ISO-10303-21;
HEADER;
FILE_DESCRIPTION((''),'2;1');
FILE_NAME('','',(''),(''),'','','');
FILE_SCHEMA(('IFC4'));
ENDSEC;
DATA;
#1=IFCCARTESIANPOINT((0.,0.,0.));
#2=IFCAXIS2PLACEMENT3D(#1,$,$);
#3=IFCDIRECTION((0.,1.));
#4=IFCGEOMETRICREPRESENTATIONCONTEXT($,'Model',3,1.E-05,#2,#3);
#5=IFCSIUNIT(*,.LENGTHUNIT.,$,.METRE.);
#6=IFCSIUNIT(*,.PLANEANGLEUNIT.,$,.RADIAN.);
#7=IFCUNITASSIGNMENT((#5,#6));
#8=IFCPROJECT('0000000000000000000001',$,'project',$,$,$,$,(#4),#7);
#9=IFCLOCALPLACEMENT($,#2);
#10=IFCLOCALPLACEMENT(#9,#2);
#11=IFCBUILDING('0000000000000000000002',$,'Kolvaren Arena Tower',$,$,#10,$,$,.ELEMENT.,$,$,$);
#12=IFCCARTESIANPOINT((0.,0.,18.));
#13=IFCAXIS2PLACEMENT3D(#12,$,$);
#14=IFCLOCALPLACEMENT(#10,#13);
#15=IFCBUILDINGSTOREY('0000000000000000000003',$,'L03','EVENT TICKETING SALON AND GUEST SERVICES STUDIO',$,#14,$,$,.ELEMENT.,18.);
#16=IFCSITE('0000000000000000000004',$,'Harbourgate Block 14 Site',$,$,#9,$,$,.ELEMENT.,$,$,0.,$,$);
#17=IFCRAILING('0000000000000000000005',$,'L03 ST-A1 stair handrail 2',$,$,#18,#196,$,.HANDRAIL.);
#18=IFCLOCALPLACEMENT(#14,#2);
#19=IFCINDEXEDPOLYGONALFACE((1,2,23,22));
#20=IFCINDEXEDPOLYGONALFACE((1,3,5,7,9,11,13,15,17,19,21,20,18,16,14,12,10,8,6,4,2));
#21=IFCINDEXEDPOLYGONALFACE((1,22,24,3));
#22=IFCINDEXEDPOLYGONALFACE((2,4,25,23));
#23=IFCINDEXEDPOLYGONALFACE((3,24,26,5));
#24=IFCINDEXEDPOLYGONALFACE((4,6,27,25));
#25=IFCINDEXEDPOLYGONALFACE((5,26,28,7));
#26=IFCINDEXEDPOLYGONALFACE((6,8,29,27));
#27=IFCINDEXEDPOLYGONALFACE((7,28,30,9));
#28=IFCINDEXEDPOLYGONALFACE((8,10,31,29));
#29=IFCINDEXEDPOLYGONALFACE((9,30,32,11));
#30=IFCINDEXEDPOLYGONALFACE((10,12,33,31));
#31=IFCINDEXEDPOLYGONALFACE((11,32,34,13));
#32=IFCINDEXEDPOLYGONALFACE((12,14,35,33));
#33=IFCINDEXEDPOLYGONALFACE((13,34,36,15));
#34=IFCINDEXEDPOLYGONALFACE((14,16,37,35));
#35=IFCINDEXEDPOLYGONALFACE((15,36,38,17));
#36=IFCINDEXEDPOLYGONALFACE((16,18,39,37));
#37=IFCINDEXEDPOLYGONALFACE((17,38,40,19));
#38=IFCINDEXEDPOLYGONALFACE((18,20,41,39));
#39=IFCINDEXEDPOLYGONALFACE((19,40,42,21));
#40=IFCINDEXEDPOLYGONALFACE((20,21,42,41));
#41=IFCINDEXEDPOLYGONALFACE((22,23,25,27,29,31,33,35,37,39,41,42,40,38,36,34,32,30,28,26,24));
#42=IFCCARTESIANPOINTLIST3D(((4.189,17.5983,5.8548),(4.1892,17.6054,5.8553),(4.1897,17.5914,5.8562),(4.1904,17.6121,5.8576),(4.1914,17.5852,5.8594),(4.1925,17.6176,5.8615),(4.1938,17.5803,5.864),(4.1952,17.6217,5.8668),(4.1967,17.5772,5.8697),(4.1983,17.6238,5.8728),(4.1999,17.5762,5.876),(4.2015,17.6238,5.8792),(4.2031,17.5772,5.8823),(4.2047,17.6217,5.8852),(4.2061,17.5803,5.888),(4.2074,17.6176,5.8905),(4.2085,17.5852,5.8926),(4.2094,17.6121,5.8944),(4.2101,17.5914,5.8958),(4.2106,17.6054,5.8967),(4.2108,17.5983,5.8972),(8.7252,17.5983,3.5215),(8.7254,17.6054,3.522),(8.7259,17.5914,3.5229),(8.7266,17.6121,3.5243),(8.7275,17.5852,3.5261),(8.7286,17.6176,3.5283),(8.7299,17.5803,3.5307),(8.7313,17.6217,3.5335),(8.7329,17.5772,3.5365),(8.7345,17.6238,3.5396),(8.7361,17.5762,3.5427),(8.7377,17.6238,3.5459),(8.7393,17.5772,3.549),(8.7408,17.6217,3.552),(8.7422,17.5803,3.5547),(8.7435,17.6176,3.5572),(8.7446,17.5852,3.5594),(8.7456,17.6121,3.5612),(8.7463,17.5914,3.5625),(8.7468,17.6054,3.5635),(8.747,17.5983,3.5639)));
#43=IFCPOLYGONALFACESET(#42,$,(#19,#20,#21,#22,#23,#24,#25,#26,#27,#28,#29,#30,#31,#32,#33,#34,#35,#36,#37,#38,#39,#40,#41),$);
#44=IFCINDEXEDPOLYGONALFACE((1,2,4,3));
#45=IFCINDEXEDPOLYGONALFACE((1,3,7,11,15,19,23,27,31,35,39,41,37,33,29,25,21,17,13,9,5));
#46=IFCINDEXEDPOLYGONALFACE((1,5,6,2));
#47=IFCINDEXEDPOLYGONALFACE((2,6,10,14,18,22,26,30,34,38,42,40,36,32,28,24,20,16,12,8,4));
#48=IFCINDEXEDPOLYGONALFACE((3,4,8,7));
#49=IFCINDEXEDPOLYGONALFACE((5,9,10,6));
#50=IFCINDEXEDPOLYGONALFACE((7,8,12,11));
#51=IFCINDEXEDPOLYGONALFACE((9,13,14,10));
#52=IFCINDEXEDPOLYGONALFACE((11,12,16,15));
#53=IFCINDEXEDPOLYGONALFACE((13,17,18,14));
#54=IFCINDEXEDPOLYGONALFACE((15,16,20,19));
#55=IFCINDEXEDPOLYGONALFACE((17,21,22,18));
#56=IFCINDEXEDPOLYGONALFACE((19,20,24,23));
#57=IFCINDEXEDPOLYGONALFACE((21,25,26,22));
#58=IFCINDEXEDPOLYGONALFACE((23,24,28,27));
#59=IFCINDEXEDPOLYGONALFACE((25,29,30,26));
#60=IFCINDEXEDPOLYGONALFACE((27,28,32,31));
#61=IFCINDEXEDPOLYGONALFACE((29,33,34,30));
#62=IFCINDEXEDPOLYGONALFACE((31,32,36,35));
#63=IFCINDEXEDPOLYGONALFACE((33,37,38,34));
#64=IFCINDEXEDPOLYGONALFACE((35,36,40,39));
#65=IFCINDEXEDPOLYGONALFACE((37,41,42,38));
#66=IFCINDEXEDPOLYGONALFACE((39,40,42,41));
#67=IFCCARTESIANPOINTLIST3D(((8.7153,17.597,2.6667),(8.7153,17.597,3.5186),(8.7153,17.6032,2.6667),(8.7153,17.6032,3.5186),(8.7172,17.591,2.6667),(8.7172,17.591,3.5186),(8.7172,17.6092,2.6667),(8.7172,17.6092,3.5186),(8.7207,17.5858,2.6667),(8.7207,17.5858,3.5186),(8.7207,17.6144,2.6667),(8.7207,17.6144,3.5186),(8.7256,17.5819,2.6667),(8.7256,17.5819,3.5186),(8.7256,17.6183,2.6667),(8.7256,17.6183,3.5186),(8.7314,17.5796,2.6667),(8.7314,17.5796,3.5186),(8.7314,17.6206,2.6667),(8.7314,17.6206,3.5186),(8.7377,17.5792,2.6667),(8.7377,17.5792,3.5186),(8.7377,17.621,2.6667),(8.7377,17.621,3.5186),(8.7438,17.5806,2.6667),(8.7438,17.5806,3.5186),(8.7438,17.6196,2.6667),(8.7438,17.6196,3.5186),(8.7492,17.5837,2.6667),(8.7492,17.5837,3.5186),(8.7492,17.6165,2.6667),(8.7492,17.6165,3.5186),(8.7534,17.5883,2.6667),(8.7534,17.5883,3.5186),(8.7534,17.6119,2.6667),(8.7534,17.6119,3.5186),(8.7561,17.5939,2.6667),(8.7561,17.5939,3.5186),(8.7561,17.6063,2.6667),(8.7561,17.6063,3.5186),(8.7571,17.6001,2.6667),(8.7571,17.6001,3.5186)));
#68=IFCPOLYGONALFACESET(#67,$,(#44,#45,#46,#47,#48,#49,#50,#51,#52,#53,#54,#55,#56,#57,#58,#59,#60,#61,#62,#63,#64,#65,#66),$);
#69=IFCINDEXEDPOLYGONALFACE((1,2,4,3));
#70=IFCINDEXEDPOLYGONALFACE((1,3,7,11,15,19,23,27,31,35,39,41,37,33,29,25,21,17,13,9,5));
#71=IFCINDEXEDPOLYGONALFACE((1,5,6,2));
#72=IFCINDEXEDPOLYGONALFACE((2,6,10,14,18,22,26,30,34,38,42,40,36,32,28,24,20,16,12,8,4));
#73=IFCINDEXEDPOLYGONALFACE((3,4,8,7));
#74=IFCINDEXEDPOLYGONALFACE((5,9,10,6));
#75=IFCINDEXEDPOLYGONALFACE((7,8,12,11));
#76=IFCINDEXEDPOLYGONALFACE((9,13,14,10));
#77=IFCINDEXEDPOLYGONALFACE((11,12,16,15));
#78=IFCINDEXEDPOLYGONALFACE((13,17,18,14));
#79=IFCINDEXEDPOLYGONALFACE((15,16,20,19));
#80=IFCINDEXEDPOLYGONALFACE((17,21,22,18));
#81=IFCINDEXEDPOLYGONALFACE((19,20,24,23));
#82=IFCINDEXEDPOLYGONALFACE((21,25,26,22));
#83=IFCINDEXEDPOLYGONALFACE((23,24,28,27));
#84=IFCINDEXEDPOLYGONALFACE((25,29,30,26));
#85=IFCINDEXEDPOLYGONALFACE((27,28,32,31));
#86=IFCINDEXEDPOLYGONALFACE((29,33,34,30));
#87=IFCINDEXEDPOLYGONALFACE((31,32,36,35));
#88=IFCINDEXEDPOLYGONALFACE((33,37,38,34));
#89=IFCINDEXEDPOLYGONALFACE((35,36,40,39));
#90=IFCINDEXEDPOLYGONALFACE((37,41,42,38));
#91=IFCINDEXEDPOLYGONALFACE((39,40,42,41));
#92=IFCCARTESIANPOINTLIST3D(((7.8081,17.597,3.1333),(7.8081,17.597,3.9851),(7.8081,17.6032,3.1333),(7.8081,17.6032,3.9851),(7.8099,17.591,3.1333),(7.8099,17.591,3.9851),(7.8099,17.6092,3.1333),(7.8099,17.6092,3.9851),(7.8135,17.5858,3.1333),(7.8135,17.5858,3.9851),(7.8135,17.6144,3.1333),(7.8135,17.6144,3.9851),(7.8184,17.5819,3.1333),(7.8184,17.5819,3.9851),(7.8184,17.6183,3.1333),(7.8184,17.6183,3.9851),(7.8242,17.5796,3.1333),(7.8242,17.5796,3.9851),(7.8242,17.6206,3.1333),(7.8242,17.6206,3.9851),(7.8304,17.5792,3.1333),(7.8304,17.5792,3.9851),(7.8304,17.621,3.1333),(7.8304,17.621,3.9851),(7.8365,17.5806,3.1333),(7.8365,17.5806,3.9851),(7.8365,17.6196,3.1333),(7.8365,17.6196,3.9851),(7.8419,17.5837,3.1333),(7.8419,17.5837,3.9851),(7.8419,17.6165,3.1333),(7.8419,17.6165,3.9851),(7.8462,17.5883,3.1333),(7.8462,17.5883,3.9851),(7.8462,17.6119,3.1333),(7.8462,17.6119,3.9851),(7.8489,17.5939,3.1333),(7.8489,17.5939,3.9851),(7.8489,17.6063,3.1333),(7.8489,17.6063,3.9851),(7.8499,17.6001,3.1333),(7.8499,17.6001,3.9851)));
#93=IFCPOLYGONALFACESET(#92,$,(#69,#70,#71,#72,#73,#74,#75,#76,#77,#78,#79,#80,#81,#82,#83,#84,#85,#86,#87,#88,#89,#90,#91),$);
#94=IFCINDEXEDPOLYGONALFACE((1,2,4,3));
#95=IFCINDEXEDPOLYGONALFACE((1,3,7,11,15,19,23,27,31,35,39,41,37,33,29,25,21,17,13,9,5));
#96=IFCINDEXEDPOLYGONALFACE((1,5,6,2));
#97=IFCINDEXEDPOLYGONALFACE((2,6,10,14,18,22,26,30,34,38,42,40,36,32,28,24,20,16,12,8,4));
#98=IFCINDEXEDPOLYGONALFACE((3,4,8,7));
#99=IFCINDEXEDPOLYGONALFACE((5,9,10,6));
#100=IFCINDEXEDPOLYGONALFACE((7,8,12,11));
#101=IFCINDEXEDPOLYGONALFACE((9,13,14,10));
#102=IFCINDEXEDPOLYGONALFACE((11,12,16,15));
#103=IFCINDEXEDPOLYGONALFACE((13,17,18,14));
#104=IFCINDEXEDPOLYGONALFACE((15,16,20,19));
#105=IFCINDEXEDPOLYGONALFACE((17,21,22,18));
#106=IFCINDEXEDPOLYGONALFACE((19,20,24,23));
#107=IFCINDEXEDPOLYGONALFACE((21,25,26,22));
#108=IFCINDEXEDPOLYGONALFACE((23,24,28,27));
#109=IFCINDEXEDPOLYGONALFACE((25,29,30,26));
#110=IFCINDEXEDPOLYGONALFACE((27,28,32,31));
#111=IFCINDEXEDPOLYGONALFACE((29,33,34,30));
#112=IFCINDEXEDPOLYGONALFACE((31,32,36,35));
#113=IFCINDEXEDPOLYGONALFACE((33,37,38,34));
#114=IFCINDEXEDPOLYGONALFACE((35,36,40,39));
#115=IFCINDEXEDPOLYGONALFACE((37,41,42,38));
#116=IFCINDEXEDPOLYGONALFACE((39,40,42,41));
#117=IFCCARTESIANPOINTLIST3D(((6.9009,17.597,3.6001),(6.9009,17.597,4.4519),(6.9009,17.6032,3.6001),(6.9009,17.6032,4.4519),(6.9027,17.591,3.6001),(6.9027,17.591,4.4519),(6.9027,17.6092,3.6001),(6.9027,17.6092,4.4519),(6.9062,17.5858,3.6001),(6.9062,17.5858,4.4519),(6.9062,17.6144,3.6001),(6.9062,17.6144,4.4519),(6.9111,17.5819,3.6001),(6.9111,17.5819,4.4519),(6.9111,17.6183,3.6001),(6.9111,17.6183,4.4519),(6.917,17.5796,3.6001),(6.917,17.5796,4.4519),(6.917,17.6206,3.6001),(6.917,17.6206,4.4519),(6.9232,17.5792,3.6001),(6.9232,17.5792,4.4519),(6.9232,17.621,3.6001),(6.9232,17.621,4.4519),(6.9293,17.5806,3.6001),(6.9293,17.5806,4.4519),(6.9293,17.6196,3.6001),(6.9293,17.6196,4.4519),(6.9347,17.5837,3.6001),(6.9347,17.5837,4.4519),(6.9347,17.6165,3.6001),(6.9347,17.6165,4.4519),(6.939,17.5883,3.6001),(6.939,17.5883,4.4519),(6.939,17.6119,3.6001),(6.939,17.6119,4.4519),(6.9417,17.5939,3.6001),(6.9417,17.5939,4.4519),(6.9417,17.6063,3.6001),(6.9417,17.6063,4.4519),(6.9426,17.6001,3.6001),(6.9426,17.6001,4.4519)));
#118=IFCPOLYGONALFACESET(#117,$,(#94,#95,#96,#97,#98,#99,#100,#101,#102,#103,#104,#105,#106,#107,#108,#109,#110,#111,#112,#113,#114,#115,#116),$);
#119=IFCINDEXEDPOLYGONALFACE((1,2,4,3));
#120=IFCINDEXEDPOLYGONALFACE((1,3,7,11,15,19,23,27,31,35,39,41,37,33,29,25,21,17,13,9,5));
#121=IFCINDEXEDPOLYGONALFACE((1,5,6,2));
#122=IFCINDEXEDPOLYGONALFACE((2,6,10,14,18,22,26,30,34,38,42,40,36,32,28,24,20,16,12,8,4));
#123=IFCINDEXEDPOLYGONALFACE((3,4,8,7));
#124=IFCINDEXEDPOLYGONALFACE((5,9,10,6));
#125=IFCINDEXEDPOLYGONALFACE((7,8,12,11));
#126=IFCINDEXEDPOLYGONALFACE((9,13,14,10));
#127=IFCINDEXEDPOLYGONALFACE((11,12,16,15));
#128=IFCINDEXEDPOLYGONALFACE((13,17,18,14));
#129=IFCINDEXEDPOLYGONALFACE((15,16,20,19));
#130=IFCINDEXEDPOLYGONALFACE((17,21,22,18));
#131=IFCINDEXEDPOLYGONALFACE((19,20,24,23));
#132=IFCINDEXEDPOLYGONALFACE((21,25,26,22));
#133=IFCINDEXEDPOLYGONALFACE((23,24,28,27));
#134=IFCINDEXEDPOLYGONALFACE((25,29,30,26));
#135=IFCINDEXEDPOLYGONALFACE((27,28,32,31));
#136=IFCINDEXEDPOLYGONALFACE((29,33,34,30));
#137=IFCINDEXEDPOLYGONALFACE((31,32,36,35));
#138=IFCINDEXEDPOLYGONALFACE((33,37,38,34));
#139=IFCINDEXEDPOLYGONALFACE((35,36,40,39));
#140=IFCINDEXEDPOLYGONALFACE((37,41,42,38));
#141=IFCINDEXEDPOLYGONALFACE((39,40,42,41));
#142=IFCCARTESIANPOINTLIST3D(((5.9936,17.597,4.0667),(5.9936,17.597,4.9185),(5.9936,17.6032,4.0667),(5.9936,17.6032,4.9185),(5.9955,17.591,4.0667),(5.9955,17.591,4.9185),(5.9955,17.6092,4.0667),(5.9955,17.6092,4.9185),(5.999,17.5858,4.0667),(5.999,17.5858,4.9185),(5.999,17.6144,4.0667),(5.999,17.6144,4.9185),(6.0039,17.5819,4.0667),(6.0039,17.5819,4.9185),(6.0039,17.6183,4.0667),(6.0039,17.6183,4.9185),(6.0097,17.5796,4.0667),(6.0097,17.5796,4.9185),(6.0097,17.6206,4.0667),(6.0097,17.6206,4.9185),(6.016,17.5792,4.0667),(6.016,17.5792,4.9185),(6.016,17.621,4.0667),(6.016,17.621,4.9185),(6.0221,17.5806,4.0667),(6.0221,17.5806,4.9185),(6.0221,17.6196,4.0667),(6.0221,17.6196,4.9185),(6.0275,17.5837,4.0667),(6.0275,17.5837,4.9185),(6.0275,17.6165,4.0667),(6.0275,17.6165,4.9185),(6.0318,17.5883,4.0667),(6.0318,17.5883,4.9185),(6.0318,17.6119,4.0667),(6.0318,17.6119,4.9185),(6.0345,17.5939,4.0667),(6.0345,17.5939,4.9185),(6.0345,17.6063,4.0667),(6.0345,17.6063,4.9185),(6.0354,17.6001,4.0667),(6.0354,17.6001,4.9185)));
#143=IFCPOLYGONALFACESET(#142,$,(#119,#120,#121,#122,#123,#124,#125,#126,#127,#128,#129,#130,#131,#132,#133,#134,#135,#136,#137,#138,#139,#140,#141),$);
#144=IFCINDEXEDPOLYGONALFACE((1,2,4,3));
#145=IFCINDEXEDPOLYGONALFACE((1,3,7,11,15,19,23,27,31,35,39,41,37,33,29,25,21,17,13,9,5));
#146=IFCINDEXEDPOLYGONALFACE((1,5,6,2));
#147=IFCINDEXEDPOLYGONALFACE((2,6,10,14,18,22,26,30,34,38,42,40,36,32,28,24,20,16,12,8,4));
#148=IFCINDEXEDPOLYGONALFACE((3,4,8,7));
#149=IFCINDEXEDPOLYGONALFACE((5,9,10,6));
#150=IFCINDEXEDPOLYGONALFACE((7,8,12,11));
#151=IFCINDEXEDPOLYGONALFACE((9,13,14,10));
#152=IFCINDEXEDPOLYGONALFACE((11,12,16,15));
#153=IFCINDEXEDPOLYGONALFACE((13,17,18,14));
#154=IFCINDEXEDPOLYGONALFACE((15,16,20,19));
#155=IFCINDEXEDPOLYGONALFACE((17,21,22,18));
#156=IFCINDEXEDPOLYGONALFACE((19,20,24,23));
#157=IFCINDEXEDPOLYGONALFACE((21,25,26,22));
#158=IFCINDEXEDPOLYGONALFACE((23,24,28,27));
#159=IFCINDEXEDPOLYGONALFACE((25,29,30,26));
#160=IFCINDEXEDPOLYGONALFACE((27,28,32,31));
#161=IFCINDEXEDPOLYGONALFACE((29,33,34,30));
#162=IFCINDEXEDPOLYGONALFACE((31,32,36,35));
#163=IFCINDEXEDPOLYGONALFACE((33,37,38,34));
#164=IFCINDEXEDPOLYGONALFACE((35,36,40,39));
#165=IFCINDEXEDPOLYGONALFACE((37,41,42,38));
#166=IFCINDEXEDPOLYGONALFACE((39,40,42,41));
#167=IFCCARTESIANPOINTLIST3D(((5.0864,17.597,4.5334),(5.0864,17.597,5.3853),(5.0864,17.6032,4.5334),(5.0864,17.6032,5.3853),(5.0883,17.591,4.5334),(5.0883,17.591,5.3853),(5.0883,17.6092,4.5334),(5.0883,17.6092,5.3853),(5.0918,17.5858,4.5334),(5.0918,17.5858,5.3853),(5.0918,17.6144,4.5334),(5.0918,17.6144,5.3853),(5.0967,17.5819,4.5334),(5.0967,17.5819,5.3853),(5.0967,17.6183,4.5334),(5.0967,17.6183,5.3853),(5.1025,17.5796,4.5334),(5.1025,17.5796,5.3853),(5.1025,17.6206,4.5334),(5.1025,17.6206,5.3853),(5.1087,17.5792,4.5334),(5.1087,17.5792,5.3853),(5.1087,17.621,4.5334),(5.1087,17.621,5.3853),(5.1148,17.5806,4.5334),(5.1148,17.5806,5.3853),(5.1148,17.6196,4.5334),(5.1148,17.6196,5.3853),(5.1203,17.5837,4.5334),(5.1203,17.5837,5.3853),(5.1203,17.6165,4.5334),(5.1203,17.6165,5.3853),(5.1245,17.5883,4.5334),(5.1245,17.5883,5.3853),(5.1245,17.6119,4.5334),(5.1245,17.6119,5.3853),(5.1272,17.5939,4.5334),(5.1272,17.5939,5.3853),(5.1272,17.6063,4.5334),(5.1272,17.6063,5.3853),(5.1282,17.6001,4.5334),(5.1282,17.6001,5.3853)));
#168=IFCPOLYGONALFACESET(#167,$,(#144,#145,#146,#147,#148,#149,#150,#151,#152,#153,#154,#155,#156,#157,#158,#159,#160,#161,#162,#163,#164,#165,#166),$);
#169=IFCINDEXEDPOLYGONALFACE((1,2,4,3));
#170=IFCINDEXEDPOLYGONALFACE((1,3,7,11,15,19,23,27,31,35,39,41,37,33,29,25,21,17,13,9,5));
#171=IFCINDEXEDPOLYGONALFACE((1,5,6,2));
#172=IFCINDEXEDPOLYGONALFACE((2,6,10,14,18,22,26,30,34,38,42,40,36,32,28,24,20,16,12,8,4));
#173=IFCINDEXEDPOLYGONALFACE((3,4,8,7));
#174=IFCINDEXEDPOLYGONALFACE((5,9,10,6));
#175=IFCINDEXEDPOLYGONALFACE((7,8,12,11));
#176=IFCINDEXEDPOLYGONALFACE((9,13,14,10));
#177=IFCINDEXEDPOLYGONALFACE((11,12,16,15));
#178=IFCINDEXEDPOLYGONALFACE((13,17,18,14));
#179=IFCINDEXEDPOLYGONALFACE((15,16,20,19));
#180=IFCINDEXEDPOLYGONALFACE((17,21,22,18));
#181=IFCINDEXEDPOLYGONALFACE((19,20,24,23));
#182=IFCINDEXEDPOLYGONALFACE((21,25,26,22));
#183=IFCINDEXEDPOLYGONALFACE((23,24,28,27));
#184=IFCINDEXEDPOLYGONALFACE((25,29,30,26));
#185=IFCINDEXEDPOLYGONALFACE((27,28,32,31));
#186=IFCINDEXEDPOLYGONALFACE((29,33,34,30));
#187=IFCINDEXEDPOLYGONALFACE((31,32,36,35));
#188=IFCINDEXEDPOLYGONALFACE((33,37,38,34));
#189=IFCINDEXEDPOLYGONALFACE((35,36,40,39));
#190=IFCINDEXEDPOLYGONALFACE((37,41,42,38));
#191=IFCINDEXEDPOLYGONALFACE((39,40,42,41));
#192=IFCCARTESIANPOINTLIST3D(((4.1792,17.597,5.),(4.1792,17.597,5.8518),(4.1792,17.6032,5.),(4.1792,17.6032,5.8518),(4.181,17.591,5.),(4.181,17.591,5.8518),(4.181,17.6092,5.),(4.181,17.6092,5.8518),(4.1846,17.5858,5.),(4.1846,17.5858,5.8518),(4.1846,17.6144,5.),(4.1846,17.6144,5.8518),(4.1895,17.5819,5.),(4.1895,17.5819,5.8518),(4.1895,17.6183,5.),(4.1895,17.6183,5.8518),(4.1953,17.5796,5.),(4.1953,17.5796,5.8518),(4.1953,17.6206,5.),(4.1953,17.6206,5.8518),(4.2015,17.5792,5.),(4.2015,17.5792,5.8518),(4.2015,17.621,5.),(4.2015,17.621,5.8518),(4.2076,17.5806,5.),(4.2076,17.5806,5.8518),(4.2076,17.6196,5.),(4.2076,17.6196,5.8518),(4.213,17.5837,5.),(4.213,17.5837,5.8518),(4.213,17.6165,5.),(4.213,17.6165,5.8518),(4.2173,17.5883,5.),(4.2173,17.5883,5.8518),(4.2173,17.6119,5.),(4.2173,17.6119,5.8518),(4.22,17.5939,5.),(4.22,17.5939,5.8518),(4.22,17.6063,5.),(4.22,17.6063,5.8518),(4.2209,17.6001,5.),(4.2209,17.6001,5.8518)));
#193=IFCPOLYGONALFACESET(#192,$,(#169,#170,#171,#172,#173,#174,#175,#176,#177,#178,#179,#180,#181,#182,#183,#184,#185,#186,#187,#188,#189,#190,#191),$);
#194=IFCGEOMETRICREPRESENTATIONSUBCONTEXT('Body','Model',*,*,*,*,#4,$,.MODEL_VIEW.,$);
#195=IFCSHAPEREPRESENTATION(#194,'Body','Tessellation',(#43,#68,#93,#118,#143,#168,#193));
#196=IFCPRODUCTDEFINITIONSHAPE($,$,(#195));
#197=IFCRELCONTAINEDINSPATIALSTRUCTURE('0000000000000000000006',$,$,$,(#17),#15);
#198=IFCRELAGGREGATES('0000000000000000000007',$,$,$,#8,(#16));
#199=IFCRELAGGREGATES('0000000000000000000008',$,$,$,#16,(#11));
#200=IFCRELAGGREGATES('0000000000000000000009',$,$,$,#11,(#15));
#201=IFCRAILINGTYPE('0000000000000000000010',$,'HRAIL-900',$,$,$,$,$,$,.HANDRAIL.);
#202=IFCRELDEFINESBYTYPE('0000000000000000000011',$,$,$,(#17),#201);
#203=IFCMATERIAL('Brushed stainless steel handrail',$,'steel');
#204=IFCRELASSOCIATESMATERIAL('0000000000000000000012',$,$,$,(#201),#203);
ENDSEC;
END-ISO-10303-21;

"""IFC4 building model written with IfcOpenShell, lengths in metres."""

from ifc_helpers import new_model, si_unit, direction, frame, origin, origin_2d, place, context, subcontext, project, spatial, circle, extrude, material, type_object, element, save


model = new_model("IFC4")

# Units and contexts
model_context = context("Model", 3, precision=1e-05, world=origin(), true_north=direction((0.0, 1.0)))
body_context = subcontext(model_context, "Body", "Model", "MODEL_VIEW")
ifc_project = project(units=[si_unit("LENGTHUNIT", "METRE"), si_unit("PLANEANGLEUNIT", "RADIAN")], contexts=[model_context])

# Site, building, storey
site_placement = place(None, origin())
site = spatial("IfcSite", under=ifc_project, at=site_placement, Name="Harbourgate Block 14 Site", CompositionType="ELEMENT", RefElevation=0.0)
building_placement = place(site_placement, origin())
building = spatial("IfcBuilding", under=site, at=building_placement, Name="Kolvaren Arena Tower", CompositionType="ELEMENT")
storey_placement = place(building_placement, frame((0.0, 0.0, 18.0)))
storey = spatial("IfcBuildingStorey", under=building, at=storey_placement, Name="L03", Description="EVENT TICKETING SALON AND GUEST SERVICES STUDIO", CompositionType="ELEMENT", Elevation=18.0)

# Railing
ifc_material_1 = material(Name="Brushed stainless steel handrail", Category="steel")
railing_type_1 = type_object("IfcRailingType", Name="HRAIL-900", PredefinedType="HANDRAIL", material=ifc_material_1)
railing_1_placement = place(storey_placement, frame((8.7361, 17.6001, 2.6667)))
element("IfcRailing", 1, at=railing_1_placement, inside=storey, type_object=railing_type_1, Name="L03 ST-A1 stair handrail 2", PredefinedType="HANDRAIL", context=body_context, shape_type="SweptSolid", body=[
    extrude(circle(Radius=0.0239, at=origin_2d()), frame((0.0, 0.0, 0.876), z_axis=(-0.889257, 0.0, 0.457407), x_axis=(0.0, -1.0, 0.0)), (0.0, 0.0, 1.0), 5.1011),
    extrude(circle(Radius=0.021, at=origin_2d()), origin(), (0.0, 0.0, 1.0), 0.8518),
    extrude(circle(Radius=0.021, at=origin_2d()), frame((-0.9072, 0.0, 0.4666)), (0.0, 0.0, 1.0), 0.8518),
    extrude(circle(Radius=0.021, at=origin_2d()), frame((-1.8145, 0.0, 0.9333)), (0.0, 0.0, 1.0), 0.8518),
    extrude(circle(Radius=0.021, at=origin_2d()), frame((-2.7217, 0.0, 1.3999)), (0.0, 0.0, 1.0), 0.8518),
    extrude(circle(Radius=0.021, at=origin_2d()), frame((-3.6289, 0.0, 1.8667)), (0.0, 0.0, 1.0), 0.8518),
    extrude(circle(Radius=0.021, at=origin_2d()), frame((-4.5361, 0.0, 2.3333)), (0.0, 0.0, 1.0), 0.8518),
])

save(model, "model.ifc")
